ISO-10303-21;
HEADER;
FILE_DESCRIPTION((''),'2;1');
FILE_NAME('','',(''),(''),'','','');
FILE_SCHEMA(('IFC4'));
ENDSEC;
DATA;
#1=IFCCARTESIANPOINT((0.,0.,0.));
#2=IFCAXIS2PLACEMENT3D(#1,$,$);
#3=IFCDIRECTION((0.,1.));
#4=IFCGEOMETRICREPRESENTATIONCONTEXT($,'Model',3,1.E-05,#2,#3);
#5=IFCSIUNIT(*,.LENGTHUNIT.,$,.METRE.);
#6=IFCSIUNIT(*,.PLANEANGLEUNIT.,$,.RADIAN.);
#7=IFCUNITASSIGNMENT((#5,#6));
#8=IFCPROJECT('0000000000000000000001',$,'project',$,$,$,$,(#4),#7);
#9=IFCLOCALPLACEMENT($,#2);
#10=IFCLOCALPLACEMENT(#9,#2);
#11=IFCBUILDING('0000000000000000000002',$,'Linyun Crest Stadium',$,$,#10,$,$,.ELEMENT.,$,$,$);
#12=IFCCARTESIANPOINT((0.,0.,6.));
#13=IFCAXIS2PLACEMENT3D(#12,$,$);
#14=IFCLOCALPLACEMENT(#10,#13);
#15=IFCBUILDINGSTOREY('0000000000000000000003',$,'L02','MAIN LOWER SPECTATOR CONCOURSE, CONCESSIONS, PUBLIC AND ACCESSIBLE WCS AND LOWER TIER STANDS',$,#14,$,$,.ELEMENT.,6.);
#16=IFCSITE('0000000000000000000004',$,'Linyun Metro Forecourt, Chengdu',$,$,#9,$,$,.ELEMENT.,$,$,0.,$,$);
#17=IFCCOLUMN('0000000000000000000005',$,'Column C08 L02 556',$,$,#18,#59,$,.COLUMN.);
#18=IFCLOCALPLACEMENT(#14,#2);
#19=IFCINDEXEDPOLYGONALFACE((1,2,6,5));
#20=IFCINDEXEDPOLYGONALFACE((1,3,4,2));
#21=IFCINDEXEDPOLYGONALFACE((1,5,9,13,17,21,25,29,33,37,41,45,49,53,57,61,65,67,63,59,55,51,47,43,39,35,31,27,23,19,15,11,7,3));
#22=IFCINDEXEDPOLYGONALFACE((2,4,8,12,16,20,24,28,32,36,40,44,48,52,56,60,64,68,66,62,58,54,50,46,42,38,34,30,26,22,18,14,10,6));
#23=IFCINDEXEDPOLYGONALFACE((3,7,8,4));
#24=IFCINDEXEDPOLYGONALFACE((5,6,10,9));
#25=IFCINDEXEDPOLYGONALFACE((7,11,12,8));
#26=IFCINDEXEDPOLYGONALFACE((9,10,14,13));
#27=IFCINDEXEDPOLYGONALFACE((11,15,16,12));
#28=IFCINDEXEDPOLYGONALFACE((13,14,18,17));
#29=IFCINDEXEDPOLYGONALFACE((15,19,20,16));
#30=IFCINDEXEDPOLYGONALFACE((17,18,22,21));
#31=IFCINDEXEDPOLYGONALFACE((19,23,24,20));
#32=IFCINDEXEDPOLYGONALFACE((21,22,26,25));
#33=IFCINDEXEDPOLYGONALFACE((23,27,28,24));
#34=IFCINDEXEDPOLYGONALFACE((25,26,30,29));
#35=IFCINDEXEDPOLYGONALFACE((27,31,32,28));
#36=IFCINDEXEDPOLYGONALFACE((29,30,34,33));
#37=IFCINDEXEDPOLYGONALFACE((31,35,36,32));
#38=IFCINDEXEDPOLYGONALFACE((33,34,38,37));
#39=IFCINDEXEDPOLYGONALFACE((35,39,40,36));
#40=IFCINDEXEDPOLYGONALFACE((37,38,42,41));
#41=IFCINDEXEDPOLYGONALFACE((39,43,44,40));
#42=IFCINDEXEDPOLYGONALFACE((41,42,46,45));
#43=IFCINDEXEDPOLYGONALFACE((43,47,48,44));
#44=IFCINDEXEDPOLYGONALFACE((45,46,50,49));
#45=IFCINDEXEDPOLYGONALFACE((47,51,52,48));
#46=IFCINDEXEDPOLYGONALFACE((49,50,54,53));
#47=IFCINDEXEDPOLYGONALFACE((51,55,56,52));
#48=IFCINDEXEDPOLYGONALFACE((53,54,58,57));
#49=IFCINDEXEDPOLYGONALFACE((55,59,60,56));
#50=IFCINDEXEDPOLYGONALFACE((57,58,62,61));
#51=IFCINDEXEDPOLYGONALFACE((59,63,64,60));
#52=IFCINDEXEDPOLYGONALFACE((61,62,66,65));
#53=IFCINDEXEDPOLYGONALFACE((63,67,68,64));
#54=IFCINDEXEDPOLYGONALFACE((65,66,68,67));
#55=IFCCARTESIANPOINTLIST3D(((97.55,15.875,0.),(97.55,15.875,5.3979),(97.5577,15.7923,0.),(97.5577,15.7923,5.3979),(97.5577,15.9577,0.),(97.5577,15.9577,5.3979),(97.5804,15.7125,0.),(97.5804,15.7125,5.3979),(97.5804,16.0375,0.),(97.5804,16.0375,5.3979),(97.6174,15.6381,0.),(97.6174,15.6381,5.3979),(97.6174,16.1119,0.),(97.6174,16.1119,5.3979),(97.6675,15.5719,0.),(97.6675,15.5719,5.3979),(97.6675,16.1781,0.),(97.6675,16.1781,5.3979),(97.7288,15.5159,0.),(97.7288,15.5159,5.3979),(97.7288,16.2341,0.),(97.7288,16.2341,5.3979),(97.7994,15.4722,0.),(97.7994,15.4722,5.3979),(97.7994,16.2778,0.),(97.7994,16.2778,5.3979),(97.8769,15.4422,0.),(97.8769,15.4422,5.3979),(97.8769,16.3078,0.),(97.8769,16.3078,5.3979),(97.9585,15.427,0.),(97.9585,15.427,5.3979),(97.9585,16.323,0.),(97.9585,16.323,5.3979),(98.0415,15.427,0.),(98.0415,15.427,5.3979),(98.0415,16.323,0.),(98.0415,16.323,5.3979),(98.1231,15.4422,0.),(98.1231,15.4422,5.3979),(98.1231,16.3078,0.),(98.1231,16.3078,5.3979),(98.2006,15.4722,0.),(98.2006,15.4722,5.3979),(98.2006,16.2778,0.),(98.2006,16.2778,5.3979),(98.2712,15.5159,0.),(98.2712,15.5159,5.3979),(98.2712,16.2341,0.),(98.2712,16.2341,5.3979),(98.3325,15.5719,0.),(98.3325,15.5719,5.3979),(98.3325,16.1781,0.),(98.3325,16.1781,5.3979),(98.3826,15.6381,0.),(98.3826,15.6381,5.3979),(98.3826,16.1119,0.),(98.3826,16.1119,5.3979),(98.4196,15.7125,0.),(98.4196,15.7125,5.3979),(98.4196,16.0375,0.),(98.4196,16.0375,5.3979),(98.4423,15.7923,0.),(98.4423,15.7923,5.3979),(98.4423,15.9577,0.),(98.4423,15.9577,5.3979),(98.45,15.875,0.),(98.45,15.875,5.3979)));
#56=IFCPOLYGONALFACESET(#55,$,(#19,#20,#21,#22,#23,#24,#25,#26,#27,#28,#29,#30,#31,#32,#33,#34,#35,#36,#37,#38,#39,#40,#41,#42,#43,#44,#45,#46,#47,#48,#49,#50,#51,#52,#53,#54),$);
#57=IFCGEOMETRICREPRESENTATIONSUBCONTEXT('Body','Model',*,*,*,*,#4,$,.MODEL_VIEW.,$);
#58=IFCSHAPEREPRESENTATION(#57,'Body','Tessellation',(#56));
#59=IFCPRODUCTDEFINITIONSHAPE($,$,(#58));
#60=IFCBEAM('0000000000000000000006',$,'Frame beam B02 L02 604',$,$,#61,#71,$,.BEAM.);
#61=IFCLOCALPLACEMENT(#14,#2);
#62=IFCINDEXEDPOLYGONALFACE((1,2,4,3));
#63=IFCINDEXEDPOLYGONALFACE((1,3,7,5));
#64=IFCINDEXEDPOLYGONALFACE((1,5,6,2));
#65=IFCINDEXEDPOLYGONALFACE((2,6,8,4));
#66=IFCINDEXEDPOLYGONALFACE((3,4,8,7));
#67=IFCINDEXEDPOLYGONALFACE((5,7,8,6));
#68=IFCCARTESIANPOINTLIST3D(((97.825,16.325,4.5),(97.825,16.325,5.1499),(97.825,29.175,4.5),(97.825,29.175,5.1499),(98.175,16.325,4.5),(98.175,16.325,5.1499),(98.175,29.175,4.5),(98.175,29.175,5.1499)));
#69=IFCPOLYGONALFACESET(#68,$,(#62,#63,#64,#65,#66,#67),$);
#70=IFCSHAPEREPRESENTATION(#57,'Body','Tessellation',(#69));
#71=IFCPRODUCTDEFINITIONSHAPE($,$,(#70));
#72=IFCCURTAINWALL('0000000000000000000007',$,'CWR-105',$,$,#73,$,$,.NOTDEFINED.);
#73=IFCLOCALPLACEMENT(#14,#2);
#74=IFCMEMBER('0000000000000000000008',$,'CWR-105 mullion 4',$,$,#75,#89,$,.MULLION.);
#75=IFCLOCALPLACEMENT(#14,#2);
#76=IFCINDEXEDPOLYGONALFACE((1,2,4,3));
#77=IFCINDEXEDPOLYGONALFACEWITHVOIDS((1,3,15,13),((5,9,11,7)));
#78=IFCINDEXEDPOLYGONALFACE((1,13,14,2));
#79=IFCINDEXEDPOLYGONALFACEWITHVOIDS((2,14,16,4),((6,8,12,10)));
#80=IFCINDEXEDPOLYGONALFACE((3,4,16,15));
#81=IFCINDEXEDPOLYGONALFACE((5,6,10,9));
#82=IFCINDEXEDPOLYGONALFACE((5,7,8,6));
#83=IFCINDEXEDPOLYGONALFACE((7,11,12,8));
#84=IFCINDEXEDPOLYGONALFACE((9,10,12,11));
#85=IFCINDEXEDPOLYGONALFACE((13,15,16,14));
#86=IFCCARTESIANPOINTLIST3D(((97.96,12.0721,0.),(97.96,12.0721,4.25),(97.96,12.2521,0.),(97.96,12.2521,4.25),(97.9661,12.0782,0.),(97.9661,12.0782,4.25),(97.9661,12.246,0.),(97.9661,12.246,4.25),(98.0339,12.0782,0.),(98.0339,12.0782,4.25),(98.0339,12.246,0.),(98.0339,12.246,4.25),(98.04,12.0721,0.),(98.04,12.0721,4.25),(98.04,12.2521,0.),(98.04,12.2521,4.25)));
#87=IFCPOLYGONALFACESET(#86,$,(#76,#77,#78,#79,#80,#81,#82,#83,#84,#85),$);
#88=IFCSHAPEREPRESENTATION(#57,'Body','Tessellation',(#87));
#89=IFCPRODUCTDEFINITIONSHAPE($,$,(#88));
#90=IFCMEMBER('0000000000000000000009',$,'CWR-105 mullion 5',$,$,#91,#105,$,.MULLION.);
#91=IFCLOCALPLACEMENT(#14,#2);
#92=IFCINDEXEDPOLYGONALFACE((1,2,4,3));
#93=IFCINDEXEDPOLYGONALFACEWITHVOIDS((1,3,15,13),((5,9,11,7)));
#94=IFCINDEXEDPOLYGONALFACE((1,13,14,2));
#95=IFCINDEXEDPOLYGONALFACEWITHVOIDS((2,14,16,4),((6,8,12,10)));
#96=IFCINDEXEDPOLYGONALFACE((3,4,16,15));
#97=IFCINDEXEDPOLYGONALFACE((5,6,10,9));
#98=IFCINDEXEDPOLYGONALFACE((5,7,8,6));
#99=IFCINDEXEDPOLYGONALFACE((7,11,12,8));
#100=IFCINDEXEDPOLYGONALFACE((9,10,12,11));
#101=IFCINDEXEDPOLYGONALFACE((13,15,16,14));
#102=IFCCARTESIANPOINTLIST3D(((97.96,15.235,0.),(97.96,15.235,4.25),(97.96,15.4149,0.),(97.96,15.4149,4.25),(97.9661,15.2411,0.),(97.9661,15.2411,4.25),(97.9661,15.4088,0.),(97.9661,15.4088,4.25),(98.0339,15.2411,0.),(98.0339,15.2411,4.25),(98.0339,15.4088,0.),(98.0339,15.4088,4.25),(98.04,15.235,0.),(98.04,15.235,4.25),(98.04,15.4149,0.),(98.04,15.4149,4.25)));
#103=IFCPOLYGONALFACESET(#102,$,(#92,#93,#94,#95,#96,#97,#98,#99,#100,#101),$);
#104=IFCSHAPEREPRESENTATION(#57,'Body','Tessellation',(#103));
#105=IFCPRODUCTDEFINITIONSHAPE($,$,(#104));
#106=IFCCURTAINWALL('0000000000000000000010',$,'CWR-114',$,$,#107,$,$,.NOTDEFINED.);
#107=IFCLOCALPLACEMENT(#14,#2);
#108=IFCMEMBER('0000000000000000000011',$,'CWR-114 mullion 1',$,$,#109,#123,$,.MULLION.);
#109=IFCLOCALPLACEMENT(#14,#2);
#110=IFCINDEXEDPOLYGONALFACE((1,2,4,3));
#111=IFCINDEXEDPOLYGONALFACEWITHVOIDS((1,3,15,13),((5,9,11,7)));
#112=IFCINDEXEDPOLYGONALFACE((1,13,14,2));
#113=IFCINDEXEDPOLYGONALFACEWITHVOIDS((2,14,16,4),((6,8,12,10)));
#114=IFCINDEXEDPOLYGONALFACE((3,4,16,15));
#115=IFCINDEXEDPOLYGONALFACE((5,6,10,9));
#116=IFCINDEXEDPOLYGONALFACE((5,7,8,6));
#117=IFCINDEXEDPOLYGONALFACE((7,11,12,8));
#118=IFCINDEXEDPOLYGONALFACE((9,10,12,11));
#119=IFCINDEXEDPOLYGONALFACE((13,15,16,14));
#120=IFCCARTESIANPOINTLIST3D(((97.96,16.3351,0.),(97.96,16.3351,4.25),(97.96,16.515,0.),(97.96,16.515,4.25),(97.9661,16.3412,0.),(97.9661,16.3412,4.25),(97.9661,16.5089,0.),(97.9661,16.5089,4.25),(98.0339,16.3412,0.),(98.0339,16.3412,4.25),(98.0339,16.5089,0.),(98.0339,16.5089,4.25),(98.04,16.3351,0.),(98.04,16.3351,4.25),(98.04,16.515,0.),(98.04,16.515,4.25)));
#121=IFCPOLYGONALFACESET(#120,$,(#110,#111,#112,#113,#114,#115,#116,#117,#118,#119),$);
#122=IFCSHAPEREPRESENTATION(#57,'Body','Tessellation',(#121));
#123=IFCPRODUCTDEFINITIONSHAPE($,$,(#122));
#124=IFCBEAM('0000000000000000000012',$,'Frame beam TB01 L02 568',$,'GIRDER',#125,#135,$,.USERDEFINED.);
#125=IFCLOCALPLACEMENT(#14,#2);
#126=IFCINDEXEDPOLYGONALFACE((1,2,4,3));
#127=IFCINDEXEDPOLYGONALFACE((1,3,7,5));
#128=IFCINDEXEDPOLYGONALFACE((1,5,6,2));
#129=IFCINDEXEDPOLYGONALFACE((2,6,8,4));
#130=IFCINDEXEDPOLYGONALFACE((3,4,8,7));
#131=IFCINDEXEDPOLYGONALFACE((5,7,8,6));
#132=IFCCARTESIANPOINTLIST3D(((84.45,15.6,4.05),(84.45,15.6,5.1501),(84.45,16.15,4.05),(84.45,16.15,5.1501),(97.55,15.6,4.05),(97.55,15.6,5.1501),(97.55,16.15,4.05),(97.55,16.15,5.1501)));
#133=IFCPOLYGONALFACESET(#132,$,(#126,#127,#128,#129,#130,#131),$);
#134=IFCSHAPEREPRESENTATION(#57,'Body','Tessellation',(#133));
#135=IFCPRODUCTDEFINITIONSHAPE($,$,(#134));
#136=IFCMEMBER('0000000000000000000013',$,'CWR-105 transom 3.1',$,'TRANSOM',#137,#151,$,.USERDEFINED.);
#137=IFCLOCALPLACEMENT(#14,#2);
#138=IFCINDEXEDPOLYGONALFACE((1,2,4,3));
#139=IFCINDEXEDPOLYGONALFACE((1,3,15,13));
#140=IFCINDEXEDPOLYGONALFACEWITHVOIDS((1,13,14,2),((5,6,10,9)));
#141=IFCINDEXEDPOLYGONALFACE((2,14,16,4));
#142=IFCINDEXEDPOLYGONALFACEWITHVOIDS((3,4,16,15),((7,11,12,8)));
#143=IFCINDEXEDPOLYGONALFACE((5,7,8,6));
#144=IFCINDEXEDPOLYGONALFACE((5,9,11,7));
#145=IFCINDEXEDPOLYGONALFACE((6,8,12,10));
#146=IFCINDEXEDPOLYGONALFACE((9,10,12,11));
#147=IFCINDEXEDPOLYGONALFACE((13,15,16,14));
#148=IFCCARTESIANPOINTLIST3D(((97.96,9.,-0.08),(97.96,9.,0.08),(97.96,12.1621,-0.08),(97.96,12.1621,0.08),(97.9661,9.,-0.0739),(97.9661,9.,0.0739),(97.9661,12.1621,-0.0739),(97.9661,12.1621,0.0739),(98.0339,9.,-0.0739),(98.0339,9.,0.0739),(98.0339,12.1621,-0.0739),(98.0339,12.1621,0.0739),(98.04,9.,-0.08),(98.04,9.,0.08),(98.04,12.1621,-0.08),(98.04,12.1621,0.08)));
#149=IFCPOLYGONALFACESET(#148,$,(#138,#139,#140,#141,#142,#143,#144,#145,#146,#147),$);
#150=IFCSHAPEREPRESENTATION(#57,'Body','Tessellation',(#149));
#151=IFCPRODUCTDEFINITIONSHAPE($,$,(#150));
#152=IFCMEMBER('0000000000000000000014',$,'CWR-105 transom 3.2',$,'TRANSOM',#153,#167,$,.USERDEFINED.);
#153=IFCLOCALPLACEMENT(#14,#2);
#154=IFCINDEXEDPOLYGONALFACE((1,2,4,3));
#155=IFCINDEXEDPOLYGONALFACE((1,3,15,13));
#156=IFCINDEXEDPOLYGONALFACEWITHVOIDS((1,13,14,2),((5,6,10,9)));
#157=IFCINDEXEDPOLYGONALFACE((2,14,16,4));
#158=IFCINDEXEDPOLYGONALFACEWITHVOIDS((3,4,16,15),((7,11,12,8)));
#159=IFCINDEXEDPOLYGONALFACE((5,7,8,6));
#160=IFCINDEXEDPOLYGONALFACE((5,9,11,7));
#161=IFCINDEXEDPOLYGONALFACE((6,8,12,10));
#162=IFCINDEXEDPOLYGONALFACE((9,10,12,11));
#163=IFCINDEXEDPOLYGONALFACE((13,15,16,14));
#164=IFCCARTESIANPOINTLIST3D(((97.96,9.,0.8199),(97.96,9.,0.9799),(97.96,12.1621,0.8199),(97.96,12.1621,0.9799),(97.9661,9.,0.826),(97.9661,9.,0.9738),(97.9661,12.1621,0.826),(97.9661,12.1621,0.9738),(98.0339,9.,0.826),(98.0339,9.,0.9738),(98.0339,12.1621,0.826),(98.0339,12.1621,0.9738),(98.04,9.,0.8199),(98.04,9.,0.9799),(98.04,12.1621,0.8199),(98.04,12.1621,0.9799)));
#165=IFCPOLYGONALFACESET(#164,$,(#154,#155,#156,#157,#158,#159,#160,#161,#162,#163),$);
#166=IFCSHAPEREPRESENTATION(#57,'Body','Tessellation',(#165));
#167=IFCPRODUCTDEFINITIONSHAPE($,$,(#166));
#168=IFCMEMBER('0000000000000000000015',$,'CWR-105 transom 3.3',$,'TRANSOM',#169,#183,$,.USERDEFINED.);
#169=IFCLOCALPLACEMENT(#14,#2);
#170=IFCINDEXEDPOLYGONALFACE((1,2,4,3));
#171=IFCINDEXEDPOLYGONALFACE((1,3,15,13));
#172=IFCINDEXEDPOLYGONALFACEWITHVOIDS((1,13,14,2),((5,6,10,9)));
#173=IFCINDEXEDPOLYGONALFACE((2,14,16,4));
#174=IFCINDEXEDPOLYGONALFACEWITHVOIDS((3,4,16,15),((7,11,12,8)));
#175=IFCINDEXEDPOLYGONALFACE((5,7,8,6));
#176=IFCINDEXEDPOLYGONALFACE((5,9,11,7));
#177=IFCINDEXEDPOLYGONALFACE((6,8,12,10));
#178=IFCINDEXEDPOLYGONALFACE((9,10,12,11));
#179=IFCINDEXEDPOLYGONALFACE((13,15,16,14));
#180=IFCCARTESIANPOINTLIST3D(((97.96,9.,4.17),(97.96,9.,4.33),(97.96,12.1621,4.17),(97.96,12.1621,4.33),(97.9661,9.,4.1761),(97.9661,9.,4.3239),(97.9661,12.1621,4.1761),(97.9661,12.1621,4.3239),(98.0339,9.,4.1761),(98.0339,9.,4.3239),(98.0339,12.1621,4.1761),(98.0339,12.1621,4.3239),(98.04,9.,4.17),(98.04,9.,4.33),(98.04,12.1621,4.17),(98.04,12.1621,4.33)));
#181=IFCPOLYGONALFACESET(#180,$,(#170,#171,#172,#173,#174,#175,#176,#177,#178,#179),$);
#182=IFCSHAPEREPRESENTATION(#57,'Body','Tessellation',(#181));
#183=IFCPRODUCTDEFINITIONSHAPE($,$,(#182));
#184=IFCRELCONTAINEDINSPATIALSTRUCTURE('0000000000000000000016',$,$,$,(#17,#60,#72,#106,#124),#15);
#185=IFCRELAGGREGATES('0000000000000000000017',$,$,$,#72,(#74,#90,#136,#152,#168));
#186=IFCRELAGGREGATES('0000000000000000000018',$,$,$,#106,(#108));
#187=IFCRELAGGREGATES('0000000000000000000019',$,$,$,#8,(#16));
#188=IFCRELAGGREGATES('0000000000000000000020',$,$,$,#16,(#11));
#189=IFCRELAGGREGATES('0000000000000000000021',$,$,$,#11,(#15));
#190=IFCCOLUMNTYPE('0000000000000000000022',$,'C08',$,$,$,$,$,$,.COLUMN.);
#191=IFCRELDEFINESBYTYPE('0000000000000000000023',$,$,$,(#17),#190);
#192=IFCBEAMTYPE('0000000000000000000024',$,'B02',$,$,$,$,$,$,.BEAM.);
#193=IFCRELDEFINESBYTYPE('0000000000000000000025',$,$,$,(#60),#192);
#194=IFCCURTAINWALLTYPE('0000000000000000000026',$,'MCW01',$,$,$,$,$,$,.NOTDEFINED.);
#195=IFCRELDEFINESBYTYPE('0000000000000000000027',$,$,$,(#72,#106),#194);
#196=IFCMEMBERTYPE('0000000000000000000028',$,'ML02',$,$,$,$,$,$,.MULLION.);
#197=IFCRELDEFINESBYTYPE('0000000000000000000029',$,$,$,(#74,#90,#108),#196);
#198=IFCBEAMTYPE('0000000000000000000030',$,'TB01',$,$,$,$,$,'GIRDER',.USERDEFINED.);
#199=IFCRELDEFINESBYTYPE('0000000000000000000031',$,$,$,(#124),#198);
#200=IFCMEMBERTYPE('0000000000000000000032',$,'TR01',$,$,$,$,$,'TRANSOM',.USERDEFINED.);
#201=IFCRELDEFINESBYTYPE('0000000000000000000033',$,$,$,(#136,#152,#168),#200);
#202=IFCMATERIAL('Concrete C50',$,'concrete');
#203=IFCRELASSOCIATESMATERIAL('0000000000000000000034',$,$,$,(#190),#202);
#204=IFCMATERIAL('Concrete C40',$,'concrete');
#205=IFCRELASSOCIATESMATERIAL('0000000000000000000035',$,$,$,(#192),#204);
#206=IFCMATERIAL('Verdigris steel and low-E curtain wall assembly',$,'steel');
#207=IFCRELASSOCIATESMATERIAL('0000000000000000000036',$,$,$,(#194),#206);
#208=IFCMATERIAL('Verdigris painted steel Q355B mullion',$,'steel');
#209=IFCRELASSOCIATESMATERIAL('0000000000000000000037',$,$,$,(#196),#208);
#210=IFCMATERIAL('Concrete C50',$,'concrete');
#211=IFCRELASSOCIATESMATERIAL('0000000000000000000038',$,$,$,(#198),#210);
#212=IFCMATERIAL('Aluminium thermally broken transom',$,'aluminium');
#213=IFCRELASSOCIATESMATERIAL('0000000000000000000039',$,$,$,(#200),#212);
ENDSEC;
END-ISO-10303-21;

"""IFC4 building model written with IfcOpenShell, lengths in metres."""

from ifc_helpers import new_model, si_unit, direction, frame, origin, origin_2d, place, context, subcontext, project, spatial, rectangle, hollow_rectangle, circle, extrude, material, material_profile, profile_set, type_object, element, aggregate, save


model = new_model("IFC4")

# Units and contexts
model_context = context("Model", 3, precision=1e-05, world=origin(), true_north=direction((0.0, 1.0)))
body_context = subcontext(model_context, "Body", "Model", "MODEL_VIEW")
ifc_project = project(units=[si_unit("LENGTHUNIT", "METRE"), si_unit("PLANEANGLEUNIT", "RADIAN")], contexts=[model_context])

# Site, building, storey
site_placement = place(None, origin())
site = spatial("IfcSite", under=ifc_project, at=site_placement, Name="Linyun Metro Forecourt, Chengdu", CompositionType="ELEMENT", RefElevation=0.0)
building_placement = place(site_placement, origin())
building = spatial("IfcBuilding", under=site, at=building_placement, Name="Linyun Crest Stadium", CompositionType="ELEMENT")
storey_placement = place(building_placement, frame((0.0, 0.0, 6.0)))
storey = spatial("IfcBuildingStorey", under=building, at=storey_placement, Name="L02", Description="MAIN LOWER SPECTATOR CONCOURSE, CONCESSIONS, PUBLIC AND ACCESSIBLE WCS AND LOWER TIER STANDS", CompositionType="ELEMENT", Elevation=6.0)

# Column
ifc_material_1 = material(Name="Concrete C50", Category="concrete")
ifc_material_profile_1 = material_profile(ifc_material_1, circle(Radius=0.45, at=origin_2d()), Name="RC D900")
ifc_profile_set_1 = profile_set([ifc_material_profile_1], Name="Concrete C50")
column_type = type_object("IfcColumnType", Name="C08", PredefinedType="COLUMN", material=ifc_profile_set_1)
column_placement = place(storey_placement, frame((98.0, 15.875, 0.0), z_axis=(0.0, 0.0, 1.0), x_axis=(1.0, 0.0, 0.0)))
element("IfcColumn", 1, at=column_placement, inside=storey, type_object=column_type, Name="Column C08 L02 556", PredefinedType="COLUMN", context=body_context, shape_type="SweptSolid", body=[
    extrude(circle(Radius=0.45, at=origin_2d()), origin(), (0.0, 0.0, 1.0), 5.3979),
])

# Beam
ifc_material_2 = material(Name="Concrete C40", Category="concrete")
ifc_material_profile_2 = material_profile(ifc_material_2, rectangle(XDim=0.3501, YDim=0.6499, at=origin_2d()), Name="RCB 650x350")
ifc_profile_set_2 = profile_set([ifc_material_profile_2], Name="Concrete C40")
beam_type_1 = type_object("IfcBeamType", Name="B02", PredefinedType="BEAM", material=ifc_profile_set_2)
beam_1_placement = place(storey_placement, frame((98.0, 16.325, 4.825), z_axis=(0.0, 1.0, 0.0), x_axis=(-1.0, 0.0, 0.0)))
element("IfcBeam", 2, at=beam_1_placement, inside=storey, type_object=beam_type_1, Name="Frame beam B02 L02 604", PredefinedType="BEAM", context=body_context, shape_type="SweptSolid", body=[
    extrude(rectangle(XDim=0.3501, YDim=0.6499, at=origin_2d()), origin(), (0.0, 0.0, 1.0), 12.8501),
])

# Curtain wall, members
ifc_material_3 = material(Name="Verdigris steel and low-E curtain wall assembly", Category="steel")
curtain_wall_type = type_object("IfcCurtainWallType", Name="MCW01", PredefinedType="NOTDEFINED", material=ifc_material_3)
curtain_wall_1_placement = place(storey_placement, origin())
curtain_wall_1 = element("IfcCurtainWall", 3, at=curtain_wall_1_placement, inside=storey, type_object=curtain_wall_type, Name="CWR-105", PredefinedType="NOTDEFINED")
ifc_material_4 = material(Name="Verdigris painted steel Q355B mullion", Category="steel")
ifc_material_profile_3 = material_profile(ifc_material_4, hollow_rectangle(XDim=0.0801, YDim=0.1799, WallThickness=0.0061, at=origin_2d()), Name="RHS 180x80x6")
ifc_profile_set_3 = profile_set([ifc_material_profile_3], Name="Verdigris painted steel Q355B mullion")
member_type_1 = type_object("IfcMemberType", Name="ML02", PredefinedType="MULLION", material=ifc_profile_set_3)
member_1_placement = place(storey_placement, frame((98.0, 12.1621, 0.0), z_axis=(0.0, 0.0, 1.0), x_axis=(-1.0, 0.0, 0.0)))
member_1 = element("IfcMember", 4, at=member_1_placement, type_object=member_type_1, Name="CWR-105 mullion 4", PredefinedType="MULLION", context=body_context, shape_type="SweptSolid", body=[
    extrude(hollow_rectangle(XDim=0.0801, YDim=0.1799, WallThickness=0.0061, at=origin_2d()), origin(), (0.0, 0.0, 1.0), 4.25),
])
member_2_placement = place(storey_placement, frame((98.0, 15.325, 0.0), z_axis=(0.0, 0.0, 1.0), x_axis=(-1.0, 0.0, 0.0)))
member_2 = element("IfcMember", 5, at=member_2_placement, type_object=member_type_1, Name="CWR-105 mullion 5", PredefinedType="MULLION", context=body_context, shape_type="SweptSolid", body=[
    extrude(hollow_rectangle(XDim=0.0801, YDim=0.1799, WallThickness=0.0061, at=origin_2d()), origin(), (0.0, 0.0, 1.0), 4.25),
])

# Curtain wall, member
curtain_wall_2_placement = place(storey_placement, origin())
curtain_wall_2 = element("IfcCurtainWall", 6, at=curtain_wall_2_placement, inside=storey, type_object=curtain_wall_type, Name="CWR-114", PredefinedType="NOTDEFINED")
member_3_placement = place(storey_placement, frame((98.0, 16.425, 0.0), z_axis=(0.0, 0.0, 1.0), x_axis=(-1.0, 0.0, 0.0)))
member_3 = element("IfcMember", 7, at=member_3_placement, type_object=member_type_1, Name="CWR-114 mullion 1", PredefinedType="MULLION", context=body_context, shape_type="SweptSolid", body=[
    extrude(hollow_rectangle(XDim=0.0801, YDim=0.1799, WallThickness=0.0061, at=origin_2d()), origin(), (0.0, 0.0, 1.0), 4.25),
])

# Beam
ifc_material_5 = material(Name="Concrete C50", Category="concrete")
ifc_material_profile_4 = material_profile(ifc_material_5, rectangle(XDim=0.55, YDim=1.1001, at=origin_2d()), Name="RCB 1100x550")
ifc_profile_set_4 = profile_set([ifc_material_profile_4], Name="Concrete C50")
beam_type_2 = type_object("IfcBeamType", Name="TB01", ElementType="GIRDER", PredefinedType="USERDEFINED", material=ifc_profile_set_4)
beam_2_placement = place(storey_placement, frame((84.45, 15.875, 4.6001), z_axis=(1.0, 0.0, 0.0), x_axis=(0.0, 1.0, 0.0)))
element("IfcBeam", 8, at=beam_2_placement, inside=storey, type_object=beam_type_2, Name="Frame beam TB01 L02 568", ObjectType="GIRDER", PredefinedType="USERDEFINED", context=body_context, shape_type="SweptSolid", body=[
    extrude(rectangle(XDim=0.55, YDim=1.1001, at=origin_2d()), origin(), (0.0, 0.0, 1.0), 13.1001),
])

# Members
ifc_material_6 = material(Name="Aluminium thermally broken transom", Category="aluminium")
ifc_material_profile_5 = material_profile(ifc_material_6, hollow_rectangle(XDim=0.0801, YDim=0.1599, WallThickness=0.0061, at=origin_2d()), Name="RHS 160x80x6")
ifc_profile_set_5 = profile_set([ifc_material_profile_5], Name="Aluminium thermally broken transom")
member_type_2 = type_object("IfcMemberType", Name="TR01", ElementType="TRANSOM", PredefinedType="USERDEFINED", material=ifc_profile_set_5)
member_4_placement = place(storey_placement, frame((98.0, 9.0, 0.0), z_axis=(0.0, 1.0, 0.0), x_axis=(-1.0, 0.0, 0.0)))
member_4 = element("IfcMember", 9, at=member_4_placement, type_object=member_type_2, Name="CWR-105 transom 3.1", ObjectType="TRANSOM", PredefinedType="USERDEFINED", context=body_context, shape_type="SweptSolid", body=[
    extrude(hollow_rectangle(XDim=0.0801, YDim=0.1599, WallThickness=0.0061, at=origin_2d()), origin(), (0.0, 0.0, 1.0), 3.1621),
])
member_5_placement = place(storey_placement, frame((98.0, 9.0, 0.8999), z_axis=(0.0, 1.0, 0.0), x_axis=(-1.0, 0.0, 0.0)))
member_5 = element("IfcMember", 10, at=member_5_placement, type_object=member_type_2, Name="CWR-105 transom 3.2", ObjectType="TRANSOM", PredefinedType="USERDEFINED", context=body_context, shape_type="SweptSolid", body=[
    extrude(hollow_rectangle(XDim=0.0801, YDim=0.1599, WallThickness=0.0061, at=origin_2d()), origin(), (0.0, 0.0, 1.0), 3.1621),
])
member_6_placement = place(storey_placement, frame((98.0, 9.0, 4.25), z_axis=(0.0, 1.0, 0.0), x_axis=(-1.0, 0.0, 0.0)))
member_6 = element("IfcMember", 11, at=member_6_placement, type_object=member_type_2, Name="CWR-105 transom 3.3", ObjectType="TRANSOM", PredefinedType="USERDEFINED", context=body_context, shape_type="SweptSolid", body=[
    extrude(hollow_rectangle(XDim=0.0801, YDim=0.1599, WallThickness=0.0061, at=origin_2d()), origin(), (0.0, 0.0, 1.0), 3.1621),
])

aggregate(curtain_wall_1, [member_1, member_2, member_4, member_5, member_6])
aggregate(curtain_wall_2, [member_3])

save(model, "model.ifc")
